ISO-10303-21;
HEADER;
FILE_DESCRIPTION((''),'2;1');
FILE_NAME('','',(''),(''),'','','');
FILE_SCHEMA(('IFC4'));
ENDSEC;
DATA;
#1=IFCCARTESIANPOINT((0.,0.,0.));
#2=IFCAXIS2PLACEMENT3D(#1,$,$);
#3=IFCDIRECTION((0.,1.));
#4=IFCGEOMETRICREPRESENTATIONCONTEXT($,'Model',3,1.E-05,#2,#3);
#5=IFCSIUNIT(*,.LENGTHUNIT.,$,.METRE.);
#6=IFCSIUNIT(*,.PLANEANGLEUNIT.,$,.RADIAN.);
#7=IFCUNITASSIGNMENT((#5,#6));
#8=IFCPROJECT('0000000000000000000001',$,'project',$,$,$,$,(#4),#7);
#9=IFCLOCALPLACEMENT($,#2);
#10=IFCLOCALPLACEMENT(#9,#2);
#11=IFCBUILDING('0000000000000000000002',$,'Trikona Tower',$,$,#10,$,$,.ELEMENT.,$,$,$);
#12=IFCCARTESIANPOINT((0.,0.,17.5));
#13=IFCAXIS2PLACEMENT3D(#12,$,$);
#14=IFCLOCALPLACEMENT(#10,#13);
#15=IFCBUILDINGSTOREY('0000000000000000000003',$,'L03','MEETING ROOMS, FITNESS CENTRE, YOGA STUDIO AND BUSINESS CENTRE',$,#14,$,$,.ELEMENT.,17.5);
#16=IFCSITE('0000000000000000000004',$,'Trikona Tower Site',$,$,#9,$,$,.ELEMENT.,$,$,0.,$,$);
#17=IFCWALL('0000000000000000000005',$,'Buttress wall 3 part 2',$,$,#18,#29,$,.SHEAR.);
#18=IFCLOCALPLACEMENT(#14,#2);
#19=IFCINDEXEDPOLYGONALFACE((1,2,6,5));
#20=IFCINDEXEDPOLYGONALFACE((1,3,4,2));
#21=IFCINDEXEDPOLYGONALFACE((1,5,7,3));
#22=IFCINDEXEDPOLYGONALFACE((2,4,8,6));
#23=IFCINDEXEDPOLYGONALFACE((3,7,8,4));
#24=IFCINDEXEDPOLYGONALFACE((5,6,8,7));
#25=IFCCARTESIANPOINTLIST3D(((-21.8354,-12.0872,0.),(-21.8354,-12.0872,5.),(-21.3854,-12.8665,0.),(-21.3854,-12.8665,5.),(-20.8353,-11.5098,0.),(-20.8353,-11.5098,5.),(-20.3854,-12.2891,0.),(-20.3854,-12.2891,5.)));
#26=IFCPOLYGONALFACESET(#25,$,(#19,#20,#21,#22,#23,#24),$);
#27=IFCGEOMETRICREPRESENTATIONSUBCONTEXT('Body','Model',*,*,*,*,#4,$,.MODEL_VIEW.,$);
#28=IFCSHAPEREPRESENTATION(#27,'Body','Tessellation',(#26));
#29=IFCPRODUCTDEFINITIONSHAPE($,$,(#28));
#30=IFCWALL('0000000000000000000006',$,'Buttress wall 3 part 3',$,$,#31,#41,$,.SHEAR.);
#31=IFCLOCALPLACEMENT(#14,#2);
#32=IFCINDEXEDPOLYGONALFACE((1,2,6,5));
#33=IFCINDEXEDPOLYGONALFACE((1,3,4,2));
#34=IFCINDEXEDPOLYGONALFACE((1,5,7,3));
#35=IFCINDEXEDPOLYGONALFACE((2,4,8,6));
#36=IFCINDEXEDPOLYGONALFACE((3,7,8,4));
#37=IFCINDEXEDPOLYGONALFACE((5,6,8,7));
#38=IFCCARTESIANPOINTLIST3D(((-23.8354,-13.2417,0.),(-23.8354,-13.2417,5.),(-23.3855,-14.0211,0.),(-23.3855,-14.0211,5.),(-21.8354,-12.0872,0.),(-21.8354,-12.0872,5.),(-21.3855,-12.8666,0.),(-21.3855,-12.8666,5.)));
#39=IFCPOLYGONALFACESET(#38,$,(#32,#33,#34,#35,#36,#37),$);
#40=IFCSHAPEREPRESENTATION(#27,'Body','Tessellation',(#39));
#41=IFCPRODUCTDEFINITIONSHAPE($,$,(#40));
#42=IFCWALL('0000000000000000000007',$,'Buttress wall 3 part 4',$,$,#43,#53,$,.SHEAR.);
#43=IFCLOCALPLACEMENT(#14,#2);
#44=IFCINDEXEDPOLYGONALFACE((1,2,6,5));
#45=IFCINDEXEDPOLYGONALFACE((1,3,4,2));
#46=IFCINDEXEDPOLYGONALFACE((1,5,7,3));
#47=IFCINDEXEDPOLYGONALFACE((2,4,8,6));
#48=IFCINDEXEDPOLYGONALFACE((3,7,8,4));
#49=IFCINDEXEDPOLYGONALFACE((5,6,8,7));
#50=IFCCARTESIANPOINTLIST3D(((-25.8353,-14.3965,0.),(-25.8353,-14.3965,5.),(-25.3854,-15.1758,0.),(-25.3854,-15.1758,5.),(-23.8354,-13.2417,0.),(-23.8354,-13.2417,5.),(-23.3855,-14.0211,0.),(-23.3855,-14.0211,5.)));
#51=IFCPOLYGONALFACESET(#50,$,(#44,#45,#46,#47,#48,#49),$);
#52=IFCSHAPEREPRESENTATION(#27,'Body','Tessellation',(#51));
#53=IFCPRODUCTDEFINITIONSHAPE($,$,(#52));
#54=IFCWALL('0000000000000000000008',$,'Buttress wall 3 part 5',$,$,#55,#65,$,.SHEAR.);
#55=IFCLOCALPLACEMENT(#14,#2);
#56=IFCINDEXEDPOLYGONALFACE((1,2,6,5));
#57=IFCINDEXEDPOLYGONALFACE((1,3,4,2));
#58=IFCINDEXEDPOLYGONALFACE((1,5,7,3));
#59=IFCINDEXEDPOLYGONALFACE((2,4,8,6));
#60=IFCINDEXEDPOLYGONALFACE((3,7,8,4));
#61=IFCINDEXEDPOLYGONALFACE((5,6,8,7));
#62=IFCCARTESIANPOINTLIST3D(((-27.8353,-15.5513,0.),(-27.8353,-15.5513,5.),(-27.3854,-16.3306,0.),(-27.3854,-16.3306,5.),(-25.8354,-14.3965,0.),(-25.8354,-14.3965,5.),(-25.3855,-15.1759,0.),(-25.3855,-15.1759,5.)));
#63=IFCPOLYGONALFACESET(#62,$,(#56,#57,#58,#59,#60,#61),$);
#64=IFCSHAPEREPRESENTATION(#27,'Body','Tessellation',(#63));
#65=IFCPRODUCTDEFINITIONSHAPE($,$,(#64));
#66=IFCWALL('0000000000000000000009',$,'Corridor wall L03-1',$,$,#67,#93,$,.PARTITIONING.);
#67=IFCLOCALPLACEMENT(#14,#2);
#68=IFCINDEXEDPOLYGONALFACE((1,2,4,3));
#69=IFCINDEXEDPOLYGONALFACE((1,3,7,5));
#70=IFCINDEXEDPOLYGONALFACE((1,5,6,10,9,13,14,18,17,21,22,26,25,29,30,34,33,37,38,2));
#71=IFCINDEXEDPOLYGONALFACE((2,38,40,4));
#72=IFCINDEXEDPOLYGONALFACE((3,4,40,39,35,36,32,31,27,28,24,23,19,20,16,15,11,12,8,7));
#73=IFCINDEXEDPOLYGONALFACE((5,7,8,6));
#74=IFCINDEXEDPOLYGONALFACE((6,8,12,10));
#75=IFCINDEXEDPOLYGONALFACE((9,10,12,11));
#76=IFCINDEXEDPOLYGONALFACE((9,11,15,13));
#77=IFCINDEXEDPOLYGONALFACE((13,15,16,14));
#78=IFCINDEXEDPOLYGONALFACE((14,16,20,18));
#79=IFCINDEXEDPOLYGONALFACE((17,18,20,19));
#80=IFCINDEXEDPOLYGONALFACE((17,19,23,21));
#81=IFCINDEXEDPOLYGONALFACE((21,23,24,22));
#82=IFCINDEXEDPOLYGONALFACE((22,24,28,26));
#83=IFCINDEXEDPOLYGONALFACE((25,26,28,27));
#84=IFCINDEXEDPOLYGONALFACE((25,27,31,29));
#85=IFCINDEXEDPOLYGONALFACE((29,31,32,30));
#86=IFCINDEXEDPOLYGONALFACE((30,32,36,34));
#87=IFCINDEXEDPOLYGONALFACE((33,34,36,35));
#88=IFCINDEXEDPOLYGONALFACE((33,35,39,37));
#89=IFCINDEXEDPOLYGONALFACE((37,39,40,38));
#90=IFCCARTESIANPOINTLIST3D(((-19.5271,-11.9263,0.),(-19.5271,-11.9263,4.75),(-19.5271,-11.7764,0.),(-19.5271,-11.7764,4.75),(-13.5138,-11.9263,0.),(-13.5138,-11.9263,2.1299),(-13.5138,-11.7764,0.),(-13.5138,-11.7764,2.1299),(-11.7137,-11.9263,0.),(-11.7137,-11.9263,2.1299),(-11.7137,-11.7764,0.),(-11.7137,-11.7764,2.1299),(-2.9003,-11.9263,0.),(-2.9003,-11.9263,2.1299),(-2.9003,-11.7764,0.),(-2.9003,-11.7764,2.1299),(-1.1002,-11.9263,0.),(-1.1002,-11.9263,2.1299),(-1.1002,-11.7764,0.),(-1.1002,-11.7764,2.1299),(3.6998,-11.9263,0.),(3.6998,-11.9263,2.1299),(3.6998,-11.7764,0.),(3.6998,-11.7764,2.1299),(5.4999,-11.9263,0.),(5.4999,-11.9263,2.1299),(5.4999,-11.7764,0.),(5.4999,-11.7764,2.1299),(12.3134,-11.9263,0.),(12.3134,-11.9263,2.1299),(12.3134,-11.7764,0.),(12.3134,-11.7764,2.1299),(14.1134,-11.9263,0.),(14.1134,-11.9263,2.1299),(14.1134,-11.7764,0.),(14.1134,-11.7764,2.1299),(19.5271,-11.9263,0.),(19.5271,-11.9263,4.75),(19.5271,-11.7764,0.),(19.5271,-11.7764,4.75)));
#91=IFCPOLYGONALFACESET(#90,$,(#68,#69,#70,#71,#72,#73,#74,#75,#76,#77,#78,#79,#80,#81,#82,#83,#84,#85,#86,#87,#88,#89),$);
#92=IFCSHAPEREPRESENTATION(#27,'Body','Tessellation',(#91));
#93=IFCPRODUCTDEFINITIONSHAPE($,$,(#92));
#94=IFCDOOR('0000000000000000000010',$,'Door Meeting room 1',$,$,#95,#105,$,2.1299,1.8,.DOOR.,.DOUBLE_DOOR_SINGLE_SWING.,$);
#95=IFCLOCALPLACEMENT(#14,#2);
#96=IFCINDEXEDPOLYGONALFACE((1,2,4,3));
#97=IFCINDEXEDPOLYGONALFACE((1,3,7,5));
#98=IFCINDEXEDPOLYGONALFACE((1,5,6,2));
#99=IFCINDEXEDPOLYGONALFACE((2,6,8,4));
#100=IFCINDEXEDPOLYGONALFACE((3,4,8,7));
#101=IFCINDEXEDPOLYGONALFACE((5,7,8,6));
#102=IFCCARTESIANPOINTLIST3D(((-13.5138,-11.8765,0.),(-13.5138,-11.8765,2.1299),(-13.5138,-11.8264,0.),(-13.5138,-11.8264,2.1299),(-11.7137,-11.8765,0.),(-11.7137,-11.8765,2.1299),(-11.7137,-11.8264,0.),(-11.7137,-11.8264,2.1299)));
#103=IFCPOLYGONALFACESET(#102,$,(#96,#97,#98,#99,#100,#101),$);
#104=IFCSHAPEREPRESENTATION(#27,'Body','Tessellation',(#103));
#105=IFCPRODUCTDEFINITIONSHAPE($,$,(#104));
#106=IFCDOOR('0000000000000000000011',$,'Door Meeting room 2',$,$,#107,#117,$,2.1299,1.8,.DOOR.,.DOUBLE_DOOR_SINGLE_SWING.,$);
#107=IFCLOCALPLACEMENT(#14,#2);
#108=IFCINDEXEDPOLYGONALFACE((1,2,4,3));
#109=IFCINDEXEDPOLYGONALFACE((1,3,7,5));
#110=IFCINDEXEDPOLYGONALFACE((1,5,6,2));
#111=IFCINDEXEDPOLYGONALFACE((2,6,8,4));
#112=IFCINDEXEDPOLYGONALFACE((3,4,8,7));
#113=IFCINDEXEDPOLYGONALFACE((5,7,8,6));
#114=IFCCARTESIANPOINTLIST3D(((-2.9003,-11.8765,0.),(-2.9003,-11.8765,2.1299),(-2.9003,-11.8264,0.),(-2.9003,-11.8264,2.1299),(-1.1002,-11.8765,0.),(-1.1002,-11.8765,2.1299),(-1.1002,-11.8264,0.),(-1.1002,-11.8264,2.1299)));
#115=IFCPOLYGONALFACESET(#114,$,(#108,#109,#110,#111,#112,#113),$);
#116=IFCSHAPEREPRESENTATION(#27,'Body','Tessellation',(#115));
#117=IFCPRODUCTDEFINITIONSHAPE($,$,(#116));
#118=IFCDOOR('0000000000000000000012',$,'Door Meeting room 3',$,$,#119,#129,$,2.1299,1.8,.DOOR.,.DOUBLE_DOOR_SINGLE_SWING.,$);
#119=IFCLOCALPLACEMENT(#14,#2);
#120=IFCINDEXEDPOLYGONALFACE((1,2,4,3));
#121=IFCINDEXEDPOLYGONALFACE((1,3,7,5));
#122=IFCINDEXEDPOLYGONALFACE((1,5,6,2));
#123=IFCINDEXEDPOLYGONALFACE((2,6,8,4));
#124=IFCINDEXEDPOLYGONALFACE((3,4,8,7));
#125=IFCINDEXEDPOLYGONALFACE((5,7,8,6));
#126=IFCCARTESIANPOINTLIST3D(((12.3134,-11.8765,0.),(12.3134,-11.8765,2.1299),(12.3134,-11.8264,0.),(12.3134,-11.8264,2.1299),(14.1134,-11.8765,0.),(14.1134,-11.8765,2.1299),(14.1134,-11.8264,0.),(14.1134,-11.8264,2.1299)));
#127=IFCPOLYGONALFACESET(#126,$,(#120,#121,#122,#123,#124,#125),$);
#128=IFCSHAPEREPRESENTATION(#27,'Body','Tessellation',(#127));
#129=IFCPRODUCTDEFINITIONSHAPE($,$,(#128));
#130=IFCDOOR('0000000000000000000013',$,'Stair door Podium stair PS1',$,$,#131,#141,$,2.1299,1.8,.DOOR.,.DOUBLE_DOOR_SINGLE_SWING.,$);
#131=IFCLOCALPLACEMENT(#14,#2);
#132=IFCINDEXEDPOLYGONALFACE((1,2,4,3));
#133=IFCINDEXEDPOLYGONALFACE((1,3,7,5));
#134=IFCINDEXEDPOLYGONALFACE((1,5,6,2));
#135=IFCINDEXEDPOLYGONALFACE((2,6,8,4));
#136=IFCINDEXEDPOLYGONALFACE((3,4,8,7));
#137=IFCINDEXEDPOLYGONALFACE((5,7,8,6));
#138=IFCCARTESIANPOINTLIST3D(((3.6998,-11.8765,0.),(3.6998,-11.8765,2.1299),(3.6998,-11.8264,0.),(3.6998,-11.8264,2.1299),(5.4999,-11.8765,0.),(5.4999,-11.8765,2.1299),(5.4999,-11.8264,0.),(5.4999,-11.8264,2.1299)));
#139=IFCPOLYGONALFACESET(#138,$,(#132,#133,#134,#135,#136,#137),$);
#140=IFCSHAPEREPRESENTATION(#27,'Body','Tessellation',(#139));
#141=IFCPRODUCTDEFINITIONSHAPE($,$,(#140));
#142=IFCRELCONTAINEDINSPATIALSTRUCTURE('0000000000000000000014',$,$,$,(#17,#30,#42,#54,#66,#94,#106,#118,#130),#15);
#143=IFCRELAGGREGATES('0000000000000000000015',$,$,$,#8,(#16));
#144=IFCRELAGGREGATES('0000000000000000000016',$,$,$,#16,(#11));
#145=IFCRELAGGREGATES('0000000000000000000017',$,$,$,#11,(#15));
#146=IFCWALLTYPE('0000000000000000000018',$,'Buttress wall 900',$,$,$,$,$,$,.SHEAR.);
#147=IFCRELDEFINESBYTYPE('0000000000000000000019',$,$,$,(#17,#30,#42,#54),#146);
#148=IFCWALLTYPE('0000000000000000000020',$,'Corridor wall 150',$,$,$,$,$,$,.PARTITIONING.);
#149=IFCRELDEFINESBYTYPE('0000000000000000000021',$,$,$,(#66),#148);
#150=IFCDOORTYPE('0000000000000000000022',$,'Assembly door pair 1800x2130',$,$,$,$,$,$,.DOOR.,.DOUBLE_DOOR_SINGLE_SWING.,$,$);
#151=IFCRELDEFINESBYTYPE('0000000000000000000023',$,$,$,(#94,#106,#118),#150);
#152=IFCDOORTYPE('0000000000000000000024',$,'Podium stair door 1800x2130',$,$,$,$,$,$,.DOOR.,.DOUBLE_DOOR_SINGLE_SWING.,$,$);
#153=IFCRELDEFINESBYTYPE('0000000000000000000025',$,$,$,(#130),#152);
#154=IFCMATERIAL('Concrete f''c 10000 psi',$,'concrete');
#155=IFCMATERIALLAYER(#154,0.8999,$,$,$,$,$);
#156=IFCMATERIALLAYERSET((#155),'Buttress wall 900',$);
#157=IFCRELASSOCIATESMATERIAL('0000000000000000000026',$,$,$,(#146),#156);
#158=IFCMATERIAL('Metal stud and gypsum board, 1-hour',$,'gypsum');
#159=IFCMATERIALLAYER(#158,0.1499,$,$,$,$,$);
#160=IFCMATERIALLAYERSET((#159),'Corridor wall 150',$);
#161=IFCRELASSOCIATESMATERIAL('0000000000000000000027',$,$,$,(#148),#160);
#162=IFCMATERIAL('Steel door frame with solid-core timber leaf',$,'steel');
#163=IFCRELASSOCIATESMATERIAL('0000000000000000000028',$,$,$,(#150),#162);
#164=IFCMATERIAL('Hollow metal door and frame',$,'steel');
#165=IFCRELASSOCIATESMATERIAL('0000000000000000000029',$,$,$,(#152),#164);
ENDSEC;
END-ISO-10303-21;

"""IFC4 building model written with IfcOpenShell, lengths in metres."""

from ifc_helpers import new_model, si_unit, direction, frame, frame_2d, origin, place, context, subcontext, project, spatial, rectangle, extrude, material, layer, layer_set, type_object, element, fill, save


model = new_model("IFC4")

# Units and contexts
model_context = context("Model", 3, precision=1e-05, world=origin(), true_north=direction((0.0, 1.0)))
body_context = subcontext(model_context, "Body", "Model", "MODEL_VIEW")
ifc_project = project(units=[si_unit("LENGTHUNIT", "METRE"), si_unit("PLANEANGLEUNIT", "RADIAN")], contexts=[model_context])

# Site, building, storey
site_placement = place(None, origin())
site = spatial("IfcSite", under=ifc_project, at=site_placement, Name="Trikona Tower Site", CompositionType="ELEMENT", RefElevation=0.0)
building_placement = place(site_placement, origin())
building = spatial("IfcBuilding", under=site, at=building_placement, Name="Trikona Tower", CompositionType="ELEMENT")
storey_placement = place(building_placement, frame((0.0, 0.0, 17.5)))
storey = spatial("IfcBuildingStorey", under=building, at=storey_placement, Name="L03", Description="MEETING ROOMS, FITNESS CENTRE, YOGA STUDIO AND BUSINESS CENTRE", CompositionType="ELEMENT", Elevation=17.5)

# Walls
ifc_material_1 = material(Name="Concrete f'c 10000 psi", Category="concrete")
ifc_layer_1 = layer(ifc_material_1, 0.8999)
ifc_layer_set_1 = layer_set([ifc_layer_1], Name="Buttress wall 900")
wall_type_1 = type_object("IfcWallType", Name="Buttress wall 900", PredefinedType="SHEAR", material=ifc_layer_set_1)
wall_1_placement = place(storey_placement, frame((-20.6104, -11.8994, 0.0), z_axis=(0.0, 0.0, 1.0), x_axis=(-0.86601, -0.500027, 0.0)))
element("IfcWall", 1, at=wall_1_placement, inside=storey, type_object=wall_type_1, Name="Buttress wall 3 part 2", PredefinedType="SHEAR", context=body_context, shape_type="SweptSolid", body=[
    extrude(rectangle(XDim=1.1548, YDim=0.8999, at=frame_2d((0.5774, 0.0))), origin(), (0.0, 0.0, 1.0), 5.0),
])
for number, where, z_axis, x_axis, name in (
    (2, (-21.6104, -12.4768, 0.0), (0.0, 0.0, 1.0), (-0.866055, -0.499948, 0.0), "Buttress wall 3 part 3"),
    (3, (-23.6104, -13.6313, 0.0), (0.0, 0.0, 1.0), (-0.86601, -0.500027, 0.0), "Buttress wall 3 part 4"),
    (4, (-25.6104, -14.7861, 0.0), (0.0, 0.0, 1.0), (-0.86601, -0.500027, 0.0), "Buttress wall 3 part 5"),
):
    element("IfcWall", number, at=place(storey_placement, frame(where, z_axis=z_axis, x_axis=x_axis)), inside=storey, type_object=wall_type_1, Name=name, PredefinedType="SHEAR", context=body_context, shape_type="SweptSolid", body=[
        extrude(rectangle(XDim=2.3093, YDim=0.8999, at=frame_2d((1.1548, 0.0))), origin(), (0.0, 0.0, 1.0), 5.0),
    ])

# Wall, openings, doors
ifc_material_2 = material(Name="Metal stud and gypsum board, 1-hour", Category="gypsum")
ifc_layer_2 = layer(ifc_material_2, 0.1499)
ifc_layer_set_2 = layer_set([ifc_layer_2], Name="Corridor wall 150")
wall_type_2 = type_object("IfcWallType", Name="Corridor wall 150", PredefinedType="PARTITIONING", material=ifc_layer_set_2)
wall_2_placement = place(storey_placement, frame((-19.5271, -11.8513, 0.0), z_axis=(0.0, 0.0, 1.0), x_axis=(1.0, 0.0, 0.0)))
wall_2 = element("IfcWall", 5, at=wall_2_placement, inside=storey, type_object=wall_type_2, Name="Corridor wall L03-1", PredefinedType="PARTITIONING", context=body_context, shape_type="SweptSolid", body=[
    extrude(rectangle(XDim=39.0542, YDim=0.1499, at=frame_2d((19.5271, 0.0))), origin(), (0.0, 0.0, 1.0), 4.75),
])
opening_1_placement = place(wall_2_placement, frame((6.0134, 0.0, 0.0)))
opening_1 = element("IfcOpeningElement", 6, at=opening_1_placement, cuts=wall_2, PredefinedType="OPENING", context=body_context, shape_type="SweptSolid", body=[
    extrude(rectangle(XDim=1.8, YDim=2.1299, at=frame_2d((0.8999, 1.0649))), frame((0.0, 0.085, 0.0), z_axis=(0.0, -1.0, 0.0), x_axis=(1.0, 0.0, 0.0)), (0.0, 0.0, 1.0), 0.1699),
])
opening_2_placement = place(wall_2_placement, frame((16.627, 0.0, 0.0)))
opening_2 = element("IfcOpeningElement", 7, at=opening_2_placement, cuts=wall_2, PredefinedType="OPENING", context=body_context, shape_type="SweptSolid", body=[
    extrude(rectangle(XDim=1.8, YDim=2.1299, at=frame_2d((0.8999, 1.0649))), frame((0.0, 0.085, 0.0), z_axis=(0.0, -1.0, 0.0), x_axis=(1.0, 0.0, 0.0)), (0.0, 0.0, 1.0), 0.1699),
])
opening_3_placement = place(wall_2_placement, frame((23.2271, 0.0, 0.0)))
opening_3 = element("IfcOpeningElement", 8, at=opening_3_placement, cuts=wall_2, PredefinedType="OPENING", context=body_context, shape_type="SweptSolid", body=[
    extrude(rectangle(XDim=1.8, YDim=2.1299, at=frame_2d((0.8999, 1.0649))), frame((0.0, 0.085, 0.0), z_axis=(0.0, -1.0, 0.0), x_axis=(1.0, 0.0, 0.0)), (0.0, 0.0, 1.0), 0.1699),
])
opening_4_placement = place(wall_2_placement, frame((31.8406, 0.0, 0.0)))
opening_4 = element("IfcOpeningElement", 9, at=opening_4_placement, cuts=wall_2, PredefinedType="OPENING", context=body_context, shape_type="SweptSolid", body=[
    extrude(rectangle(XDim=1.8, YDim=2.1299, at=frame_2d((0.8999, 1.0649))), frame((0.0, 0.085, 0.0), z_axis=(0.0, -1.0, 0.0), x_axis=(1.0, 0.0, 0.0)), (0.0, 0.0, 1.0), 0.1699),
])
ifc_material_3 = material(Name="Steel door frame with solid-core timber leaf", Category="steel")
door_type_1 = type_object("IfcDoorType", Name="Assembly door pair 1800x2130", OperationType="DOUBLE_DOOR_SINGLE_SWING", PredefinedType="DOOR", material=ifc_material_3)
door_1_placement = place(opening_1_placement, origin())
door_1 = element("IfcDoor", 10, at=door_1_placement, inside=storey, type_object=door_type_1, Name="Door Meeting room 1", OperationType="DOUBLE_DOOR_SINGLE_SWING", OverallHeight=2.1299, OverallWidth=1.8, PredefinedType="DOOR", context=body_context, shape_type="SweptSolid", body=[
    extrude(rectangle(XDim=1.8, YDim=2.1299, at=frame_2d((0.8999, 1.0649))), frame((0.0, 0.0249, 0.0), z_axis=(0.0, -1.0, 0.0), x_axis=(1.0, 0.0, 0.0)), (0.0, 0.0, 1.0), 0.05),
])
fill(opening_1, door_1)
door_2_placement = place(opening_2_placement, origin())
door_2 = element("IfcDoor", 11, at=door_2_placement, inside=storey, type_object=door_type_1, Name="Door Meeting room 2", OperationType="DOUBLE_DOOR_SINGLE_SWING", OverallHeight=2.1299, OverallWidth=1.8, PredefinedType="DOOR", context=body_context, shape_type="SweptSolid", body=[
    extrude(rectangle(XDim=1.8, YDim=2.1299, at=frame_2d((0.8999, 1.0649))), frame((0.0, 0.0249, 0.0), z_axis=(0.0, -1.0, 0.0), x_axis=(1.0, 0.0, 0.0)), (0.0, 0.0, 1.0), 0.05),
])
fill(opening_2, door_2)
door_3_placement = place(opening_4_placement, origin())
door_3 = element("IfcDoor", 12, at=door_3_placement, inside=storey, type_object=door_type_1, Name="Door Meeting room 3", OperationType="DOUBLE_DOOR_SINGLE_SWING", OverallHeight=2.1299, OverallWidth=1.8, PredefinedType="DOOR", context=body_context, shape_type="SweptSolid", body=[
    extrude(rectangle(XDim=1.8, YDim=2.1299, at=frame_2d((0.8999, 1.0649))), frame((0.0, 0.0249, 0.0), z_axis=(0.0, -1.0, 0.0), x_axis=(1.0, 0.0, 0.0)), (0.0, 0.0, 1.0), 0.05),
])
fill(opening_4, door_3)
ifc_material_4 = material(Name="Hollow metal door and frame", Category="steel")
door_type_2 = type_object("IfcDoorType", Name="Podium stair door 1800x2130", OperationType="DOUBLE_DOOR_SINGLE_SWING", PredefinedType="DOOR", material=ifc_material_4)
door_4_placement = place(opening_3_placement, origin())
door_4 = element("IfcDoor", 13, at=door_4_placement, inside=storey, type_object=door_type_2, Name="Stair door Podium stair PS1", OperationType="DOUBLE_DOOR_SINGLE_SWING", OverallHeight=2.1299, OverallWidth=1.8, PredefinedType="DOOR", context=body_context, shape_type="SweptSolid", body=[
    extrude(rectangle(XDim=1.8, YDim=2.1299, at=frame_2d((0.8999, 1.0649))), frame((0.0, 0.0249, 0.0), z_axis=(0.0, -1.0, 0.0), x_axis=(1.0, 0.0, 0.0)), (0.0, 0.0, 1.0), 0.05),
])
fill(opening_3, door_4)

save(model, "model.ifc")
